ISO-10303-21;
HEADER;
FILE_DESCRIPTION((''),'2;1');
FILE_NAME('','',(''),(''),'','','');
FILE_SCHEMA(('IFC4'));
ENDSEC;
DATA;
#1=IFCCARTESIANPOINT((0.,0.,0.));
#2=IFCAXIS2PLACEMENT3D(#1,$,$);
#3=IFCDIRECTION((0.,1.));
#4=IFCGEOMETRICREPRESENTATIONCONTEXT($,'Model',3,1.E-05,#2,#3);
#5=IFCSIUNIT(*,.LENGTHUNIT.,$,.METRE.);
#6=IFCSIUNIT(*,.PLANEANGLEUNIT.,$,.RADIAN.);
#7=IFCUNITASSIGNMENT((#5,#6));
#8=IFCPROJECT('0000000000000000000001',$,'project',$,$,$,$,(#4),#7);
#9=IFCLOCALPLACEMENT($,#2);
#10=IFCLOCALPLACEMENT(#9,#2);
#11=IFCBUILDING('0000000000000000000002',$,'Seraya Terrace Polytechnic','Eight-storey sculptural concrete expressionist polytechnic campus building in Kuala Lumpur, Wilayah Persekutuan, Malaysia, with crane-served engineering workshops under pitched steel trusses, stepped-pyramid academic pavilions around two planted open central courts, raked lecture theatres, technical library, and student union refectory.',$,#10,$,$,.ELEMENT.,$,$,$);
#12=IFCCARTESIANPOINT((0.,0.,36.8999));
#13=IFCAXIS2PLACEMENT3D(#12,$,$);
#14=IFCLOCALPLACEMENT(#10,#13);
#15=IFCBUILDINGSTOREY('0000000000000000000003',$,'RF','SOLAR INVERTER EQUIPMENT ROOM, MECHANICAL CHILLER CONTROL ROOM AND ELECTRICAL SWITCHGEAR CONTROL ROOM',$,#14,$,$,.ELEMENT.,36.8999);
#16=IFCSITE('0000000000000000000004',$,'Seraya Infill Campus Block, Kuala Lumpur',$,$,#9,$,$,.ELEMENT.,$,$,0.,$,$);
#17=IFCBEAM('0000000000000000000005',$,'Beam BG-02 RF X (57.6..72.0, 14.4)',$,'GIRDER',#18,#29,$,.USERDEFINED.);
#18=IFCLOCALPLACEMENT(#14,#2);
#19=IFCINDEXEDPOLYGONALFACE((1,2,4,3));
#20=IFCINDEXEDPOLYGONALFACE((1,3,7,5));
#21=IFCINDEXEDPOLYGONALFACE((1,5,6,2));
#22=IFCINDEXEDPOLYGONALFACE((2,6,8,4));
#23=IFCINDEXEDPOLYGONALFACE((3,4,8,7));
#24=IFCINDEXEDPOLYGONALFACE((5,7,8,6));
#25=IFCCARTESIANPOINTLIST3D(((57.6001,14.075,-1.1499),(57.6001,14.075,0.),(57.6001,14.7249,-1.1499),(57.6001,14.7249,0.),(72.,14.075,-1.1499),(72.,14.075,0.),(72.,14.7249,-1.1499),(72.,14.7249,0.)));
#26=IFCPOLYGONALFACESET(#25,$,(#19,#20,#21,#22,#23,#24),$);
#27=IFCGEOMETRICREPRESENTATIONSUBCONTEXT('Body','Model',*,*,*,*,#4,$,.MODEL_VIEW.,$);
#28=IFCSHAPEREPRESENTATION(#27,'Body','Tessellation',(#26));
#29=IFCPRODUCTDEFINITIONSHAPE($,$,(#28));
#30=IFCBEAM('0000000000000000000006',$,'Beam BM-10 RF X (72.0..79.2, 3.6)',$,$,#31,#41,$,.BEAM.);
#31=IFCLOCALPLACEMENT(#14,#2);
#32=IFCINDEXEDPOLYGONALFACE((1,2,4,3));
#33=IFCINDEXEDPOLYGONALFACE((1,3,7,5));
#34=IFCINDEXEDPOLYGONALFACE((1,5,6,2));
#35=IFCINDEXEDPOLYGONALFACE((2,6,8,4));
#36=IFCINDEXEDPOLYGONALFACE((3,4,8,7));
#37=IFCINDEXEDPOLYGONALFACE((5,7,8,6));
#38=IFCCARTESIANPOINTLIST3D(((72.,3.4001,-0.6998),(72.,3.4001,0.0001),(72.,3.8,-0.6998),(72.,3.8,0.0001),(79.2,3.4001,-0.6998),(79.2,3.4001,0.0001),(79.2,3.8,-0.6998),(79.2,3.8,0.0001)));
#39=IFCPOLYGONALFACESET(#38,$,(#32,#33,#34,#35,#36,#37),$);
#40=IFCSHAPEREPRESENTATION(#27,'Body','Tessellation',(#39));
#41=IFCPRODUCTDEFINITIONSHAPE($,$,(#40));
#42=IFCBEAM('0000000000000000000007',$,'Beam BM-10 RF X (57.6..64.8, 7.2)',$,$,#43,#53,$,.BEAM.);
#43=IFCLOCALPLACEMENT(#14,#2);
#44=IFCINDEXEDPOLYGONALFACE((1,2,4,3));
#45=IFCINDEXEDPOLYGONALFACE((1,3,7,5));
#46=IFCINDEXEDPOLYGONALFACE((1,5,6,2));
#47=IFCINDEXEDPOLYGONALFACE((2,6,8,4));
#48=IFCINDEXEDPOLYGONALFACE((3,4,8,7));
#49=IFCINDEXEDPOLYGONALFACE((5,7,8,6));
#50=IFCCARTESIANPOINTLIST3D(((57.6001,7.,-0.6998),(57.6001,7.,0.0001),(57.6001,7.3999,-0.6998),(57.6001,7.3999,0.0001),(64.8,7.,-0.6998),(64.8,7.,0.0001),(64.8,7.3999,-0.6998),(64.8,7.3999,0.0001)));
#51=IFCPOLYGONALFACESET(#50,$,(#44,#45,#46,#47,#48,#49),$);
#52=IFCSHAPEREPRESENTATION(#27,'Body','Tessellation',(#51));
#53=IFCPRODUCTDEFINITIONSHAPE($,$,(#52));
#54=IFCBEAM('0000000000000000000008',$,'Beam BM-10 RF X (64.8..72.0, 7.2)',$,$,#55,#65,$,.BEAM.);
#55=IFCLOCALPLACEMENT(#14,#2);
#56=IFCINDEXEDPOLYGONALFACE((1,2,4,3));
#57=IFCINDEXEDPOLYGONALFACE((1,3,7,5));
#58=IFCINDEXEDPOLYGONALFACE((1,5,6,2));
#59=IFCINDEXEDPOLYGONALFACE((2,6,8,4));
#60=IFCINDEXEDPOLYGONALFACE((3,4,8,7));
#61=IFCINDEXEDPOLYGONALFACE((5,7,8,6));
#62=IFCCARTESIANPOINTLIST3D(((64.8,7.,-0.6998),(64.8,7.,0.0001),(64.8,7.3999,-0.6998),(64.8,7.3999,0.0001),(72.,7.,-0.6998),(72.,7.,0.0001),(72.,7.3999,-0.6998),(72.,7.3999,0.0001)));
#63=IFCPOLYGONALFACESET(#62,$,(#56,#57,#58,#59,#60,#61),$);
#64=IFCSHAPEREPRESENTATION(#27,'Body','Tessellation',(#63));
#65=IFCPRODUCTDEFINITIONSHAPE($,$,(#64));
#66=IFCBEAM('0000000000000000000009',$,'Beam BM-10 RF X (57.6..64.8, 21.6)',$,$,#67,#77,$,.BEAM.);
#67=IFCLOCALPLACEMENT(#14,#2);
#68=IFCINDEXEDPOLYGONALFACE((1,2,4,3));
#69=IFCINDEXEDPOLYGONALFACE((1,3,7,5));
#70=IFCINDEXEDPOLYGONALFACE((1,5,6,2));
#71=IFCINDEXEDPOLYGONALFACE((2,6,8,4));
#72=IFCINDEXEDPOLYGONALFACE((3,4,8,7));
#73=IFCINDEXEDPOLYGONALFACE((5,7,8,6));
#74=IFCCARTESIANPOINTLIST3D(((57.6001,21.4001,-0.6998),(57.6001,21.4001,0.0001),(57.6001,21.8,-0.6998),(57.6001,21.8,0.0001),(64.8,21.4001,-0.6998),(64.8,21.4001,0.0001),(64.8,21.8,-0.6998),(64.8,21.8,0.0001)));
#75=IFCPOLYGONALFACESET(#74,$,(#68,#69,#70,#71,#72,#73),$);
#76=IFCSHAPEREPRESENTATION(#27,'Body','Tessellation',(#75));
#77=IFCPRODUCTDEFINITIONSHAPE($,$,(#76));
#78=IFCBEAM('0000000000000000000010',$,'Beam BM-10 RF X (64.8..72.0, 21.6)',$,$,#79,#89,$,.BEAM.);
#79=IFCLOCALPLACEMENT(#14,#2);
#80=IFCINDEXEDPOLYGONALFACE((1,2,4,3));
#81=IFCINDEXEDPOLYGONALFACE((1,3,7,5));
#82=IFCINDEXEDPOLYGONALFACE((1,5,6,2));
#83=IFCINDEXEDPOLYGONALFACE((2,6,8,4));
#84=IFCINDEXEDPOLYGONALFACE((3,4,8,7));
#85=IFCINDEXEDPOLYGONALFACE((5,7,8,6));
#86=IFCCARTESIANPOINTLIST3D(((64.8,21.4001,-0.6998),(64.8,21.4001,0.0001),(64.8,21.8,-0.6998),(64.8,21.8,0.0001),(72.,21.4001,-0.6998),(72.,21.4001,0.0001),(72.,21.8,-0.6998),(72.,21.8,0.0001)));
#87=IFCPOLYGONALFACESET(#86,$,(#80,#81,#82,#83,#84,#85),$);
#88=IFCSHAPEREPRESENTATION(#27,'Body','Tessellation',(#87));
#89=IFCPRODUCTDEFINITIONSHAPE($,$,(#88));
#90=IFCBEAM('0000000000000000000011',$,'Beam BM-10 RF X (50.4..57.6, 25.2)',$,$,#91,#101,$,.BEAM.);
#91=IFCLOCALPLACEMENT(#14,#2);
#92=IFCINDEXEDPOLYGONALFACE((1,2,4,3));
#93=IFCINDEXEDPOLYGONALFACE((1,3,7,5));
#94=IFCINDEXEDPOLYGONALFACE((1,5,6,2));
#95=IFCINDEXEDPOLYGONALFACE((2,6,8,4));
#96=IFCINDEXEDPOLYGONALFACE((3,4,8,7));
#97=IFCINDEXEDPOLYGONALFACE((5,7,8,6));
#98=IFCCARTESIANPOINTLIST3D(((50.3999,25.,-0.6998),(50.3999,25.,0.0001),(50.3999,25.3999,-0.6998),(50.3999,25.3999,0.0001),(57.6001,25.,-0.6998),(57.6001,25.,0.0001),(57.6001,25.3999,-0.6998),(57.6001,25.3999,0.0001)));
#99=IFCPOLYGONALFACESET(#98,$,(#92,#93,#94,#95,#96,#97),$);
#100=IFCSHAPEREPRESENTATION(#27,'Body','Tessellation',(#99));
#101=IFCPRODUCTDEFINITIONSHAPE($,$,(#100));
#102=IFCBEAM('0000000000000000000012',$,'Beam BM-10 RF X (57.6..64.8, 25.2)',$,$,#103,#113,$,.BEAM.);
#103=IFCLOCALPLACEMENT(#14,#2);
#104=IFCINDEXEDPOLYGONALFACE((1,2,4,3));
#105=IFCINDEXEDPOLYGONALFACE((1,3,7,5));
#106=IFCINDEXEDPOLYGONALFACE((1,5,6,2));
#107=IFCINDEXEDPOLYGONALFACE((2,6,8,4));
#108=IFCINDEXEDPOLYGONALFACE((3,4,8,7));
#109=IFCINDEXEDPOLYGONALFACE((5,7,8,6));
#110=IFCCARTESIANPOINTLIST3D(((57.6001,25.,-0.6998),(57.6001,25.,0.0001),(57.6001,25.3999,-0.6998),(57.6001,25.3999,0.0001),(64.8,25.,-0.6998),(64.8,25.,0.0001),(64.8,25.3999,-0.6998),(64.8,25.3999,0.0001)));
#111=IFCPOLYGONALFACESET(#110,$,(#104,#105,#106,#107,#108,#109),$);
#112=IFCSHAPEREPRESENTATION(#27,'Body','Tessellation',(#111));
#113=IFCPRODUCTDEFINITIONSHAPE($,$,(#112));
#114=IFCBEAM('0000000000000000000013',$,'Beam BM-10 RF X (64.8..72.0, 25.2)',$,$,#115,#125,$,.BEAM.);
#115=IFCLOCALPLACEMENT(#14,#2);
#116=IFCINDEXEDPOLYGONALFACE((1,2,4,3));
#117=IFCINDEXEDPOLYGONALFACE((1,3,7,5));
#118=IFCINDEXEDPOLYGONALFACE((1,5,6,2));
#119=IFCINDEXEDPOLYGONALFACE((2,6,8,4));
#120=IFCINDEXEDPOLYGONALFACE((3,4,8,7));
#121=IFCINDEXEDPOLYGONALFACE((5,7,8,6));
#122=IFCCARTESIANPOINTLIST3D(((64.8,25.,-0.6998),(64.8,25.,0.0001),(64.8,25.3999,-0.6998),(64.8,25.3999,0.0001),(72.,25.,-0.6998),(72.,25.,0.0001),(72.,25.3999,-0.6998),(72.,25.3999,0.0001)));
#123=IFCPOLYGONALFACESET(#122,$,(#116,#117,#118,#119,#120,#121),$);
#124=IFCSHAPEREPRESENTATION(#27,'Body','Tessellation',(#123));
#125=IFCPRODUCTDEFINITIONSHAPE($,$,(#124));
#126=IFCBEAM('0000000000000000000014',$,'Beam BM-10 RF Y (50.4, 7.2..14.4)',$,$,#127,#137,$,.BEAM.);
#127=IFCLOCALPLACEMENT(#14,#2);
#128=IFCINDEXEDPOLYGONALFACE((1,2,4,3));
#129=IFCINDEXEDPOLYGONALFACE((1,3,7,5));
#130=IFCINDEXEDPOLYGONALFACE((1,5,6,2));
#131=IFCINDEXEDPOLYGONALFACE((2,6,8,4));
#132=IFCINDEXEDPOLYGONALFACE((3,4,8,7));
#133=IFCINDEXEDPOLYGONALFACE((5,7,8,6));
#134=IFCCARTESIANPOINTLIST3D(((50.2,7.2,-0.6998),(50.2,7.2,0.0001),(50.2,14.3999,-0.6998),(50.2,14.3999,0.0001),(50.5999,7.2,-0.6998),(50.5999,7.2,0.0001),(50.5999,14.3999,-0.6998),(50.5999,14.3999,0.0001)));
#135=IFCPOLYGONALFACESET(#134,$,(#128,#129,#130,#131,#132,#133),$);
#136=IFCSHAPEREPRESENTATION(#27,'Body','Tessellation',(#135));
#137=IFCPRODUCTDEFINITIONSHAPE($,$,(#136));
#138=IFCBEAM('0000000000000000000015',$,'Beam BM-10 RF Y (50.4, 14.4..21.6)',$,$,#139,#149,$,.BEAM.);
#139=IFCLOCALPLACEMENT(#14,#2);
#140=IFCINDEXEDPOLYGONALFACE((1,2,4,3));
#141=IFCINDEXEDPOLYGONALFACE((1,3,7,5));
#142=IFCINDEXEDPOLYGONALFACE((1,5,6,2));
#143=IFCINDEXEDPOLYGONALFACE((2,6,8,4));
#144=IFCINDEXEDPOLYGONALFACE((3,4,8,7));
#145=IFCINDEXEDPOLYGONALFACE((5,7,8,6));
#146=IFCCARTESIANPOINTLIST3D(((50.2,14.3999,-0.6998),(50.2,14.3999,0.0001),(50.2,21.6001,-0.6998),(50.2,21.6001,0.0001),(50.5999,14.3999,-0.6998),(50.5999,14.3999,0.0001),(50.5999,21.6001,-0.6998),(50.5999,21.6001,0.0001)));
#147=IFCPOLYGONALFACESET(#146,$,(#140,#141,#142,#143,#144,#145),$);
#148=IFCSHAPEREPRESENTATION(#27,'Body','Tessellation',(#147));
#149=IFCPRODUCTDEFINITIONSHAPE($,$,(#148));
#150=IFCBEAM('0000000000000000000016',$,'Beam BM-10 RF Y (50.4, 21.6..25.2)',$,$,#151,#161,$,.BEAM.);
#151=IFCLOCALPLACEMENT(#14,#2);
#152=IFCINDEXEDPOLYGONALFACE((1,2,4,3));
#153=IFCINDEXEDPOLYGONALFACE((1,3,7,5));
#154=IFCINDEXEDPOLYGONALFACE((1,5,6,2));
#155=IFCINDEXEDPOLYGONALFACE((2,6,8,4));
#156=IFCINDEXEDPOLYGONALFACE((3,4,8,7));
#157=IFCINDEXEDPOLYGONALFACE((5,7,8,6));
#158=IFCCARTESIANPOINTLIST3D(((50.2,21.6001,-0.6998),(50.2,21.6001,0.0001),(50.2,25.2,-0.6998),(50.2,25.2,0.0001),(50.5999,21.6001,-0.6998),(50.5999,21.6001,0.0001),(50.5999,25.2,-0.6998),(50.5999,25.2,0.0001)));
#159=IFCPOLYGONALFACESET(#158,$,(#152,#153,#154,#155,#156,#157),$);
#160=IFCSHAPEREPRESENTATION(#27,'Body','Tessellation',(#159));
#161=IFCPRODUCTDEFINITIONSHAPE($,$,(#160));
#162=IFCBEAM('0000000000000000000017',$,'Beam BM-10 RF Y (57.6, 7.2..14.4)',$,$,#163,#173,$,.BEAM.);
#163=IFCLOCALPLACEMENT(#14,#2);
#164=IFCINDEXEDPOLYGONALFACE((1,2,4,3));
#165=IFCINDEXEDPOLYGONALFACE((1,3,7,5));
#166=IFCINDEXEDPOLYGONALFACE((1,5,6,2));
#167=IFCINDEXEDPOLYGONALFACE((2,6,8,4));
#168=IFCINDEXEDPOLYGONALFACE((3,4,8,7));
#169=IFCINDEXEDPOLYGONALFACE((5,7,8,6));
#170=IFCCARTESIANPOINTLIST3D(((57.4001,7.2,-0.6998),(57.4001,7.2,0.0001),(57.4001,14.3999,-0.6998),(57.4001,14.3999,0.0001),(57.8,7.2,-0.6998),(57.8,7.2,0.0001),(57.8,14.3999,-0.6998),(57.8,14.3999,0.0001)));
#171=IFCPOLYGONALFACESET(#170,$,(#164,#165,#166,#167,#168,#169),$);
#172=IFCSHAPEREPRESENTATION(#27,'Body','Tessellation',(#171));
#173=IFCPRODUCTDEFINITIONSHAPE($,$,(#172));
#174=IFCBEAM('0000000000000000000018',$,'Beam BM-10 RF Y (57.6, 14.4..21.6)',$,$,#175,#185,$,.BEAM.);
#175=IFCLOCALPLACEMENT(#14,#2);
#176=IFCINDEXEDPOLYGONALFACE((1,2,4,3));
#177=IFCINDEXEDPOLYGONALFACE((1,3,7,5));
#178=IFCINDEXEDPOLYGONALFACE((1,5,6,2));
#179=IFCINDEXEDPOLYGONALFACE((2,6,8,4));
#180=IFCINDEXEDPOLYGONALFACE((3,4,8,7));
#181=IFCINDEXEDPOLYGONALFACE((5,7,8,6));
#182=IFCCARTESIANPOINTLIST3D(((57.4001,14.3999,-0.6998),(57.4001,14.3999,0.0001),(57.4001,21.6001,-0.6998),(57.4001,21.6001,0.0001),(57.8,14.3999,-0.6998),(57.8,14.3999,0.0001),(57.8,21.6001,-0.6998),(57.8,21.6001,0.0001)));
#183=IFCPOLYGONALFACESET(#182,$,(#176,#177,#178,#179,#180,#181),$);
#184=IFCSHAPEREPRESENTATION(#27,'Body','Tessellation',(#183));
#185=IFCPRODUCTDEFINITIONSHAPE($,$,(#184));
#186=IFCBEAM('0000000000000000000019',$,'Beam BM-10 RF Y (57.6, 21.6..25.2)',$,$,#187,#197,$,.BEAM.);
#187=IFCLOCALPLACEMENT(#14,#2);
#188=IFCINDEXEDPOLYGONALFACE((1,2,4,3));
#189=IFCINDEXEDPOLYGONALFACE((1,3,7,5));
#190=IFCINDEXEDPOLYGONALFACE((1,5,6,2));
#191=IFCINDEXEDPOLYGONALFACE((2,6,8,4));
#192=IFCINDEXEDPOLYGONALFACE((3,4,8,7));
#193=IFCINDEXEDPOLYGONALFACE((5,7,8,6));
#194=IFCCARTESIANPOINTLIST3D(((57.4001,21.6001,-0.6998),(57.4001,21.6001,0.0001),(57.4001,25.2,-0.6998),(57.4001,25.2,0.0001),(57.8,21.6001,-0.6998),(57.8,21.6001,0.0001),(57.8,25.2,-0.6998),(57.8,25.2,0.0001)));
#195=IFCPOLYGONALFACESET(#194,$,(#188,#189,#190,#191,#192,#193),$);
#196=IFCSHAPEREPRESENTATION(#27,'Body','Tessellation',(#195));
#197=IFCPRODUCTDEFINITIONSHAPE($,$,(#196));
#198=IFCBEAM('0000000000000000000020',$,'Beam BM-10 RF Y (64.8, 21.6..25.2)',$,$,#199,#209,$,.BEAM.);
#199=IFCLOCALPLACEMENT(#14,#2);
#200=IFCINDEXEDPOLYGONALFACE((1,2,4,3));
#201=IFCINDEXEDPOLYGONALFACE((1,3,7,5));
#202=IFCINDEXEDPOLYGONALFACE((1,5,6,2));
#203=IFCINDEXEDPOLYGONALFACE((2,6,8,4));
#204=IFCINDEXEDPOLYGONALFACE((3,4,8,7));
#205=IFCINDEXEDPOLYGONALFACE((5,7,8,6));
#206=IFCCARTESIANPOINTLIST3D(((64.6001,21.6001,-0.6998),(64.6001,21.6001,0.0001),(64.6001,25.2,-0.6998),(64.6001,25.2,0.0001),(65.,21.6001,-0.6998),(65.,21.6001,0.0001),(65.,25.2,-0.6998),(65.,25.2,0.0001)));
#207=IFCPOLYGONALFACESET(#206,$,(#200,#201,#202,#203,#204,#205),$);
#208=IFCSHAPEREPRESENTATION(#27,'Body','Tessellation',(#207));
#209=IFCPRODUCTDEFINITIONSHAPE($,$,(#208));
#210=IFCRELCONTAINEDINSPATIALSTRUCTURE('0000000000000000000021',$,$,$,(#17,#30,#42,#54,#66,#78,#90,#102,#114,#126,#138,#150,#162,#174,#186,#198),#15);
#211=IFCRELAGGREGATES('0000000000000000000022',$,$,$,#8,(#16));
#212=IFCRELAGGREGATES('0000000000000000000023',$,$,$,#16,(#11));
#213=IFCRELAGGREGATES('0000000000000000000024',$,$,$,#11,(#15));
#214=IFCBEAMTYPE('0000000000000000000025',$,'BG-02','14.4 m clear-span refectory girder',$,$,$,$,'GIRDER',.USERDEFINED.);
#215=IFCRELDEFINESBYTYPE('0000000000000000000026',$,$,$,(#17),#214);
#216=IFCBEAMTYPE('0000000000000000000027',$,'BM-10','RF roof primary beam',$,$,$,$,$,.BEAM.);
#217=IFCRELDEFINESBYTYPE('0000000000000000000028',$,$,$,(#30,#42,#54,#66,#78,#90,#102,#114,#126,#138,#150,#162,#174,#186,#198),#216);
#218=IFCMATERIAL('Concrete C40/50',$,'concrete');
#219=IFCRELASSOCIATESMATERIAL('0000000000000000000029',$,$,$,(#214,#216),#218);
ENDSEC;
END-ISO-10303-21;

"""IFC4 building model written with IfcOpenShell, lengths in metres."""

from ifc_helpers import new_model, si_unit, direction, frame, origin, origin_2d, place, context, subcontext, project, spatial, rectangle, extrude, material, material_profile, profile_set, type_object, element, save


model = new_model("IFC4")

# Units and contexts
model_context = context("Model", 3, precision=1e-05, world=origin(), true_north=direction((0.0, 1.0)))
body_context = subcontext(model_context, "Body", "Model", "MODEL_VIEW")
ifc_project = project(units=[si_unit("LENGTHUNIT", "METRE"), si_unit("PLANEANGLEUNIT", "RADIAN")], contexts=[model_context])

# Site, building, storey
site_placement = place(None, origin())
site = spatial("IfcSite", under=ifc_project, at=site_placement, Name="Seraya Infill Campus Block, Kuala Lumpur", CompositionType="ELEMENT", RefElevation=0.0)
building_placement = place(site_placement, origin())
building = spatial("IfcBuilding", under=site, at=building_placement, Name="Seraya Terrace Polytechnic", Description="Eight-storey sculptural concrete expressionist polytechnic campus building in Kuala Lumpur, Wilayah Persekutuan, Malaysia, with crane-served engineering workshops under pitched steel trusses, stepped-pyramid academic pavilions around two planted open central courts, raked lecture theatres, technical library, and student union refectory.", CompositionType="ELEMENT")
storey_placement = place(building_placement, frame((0.0, 0.0, 36.8999)))
storey = spatial("IfcBuildingStorey", under=building, at=storey_placement, Name="RF", Description="SOLAR INVERTER EQUIPMENT ROOM, MECHANICAL CHILLER CONTROL ROOM AND ELECTRICAL SWITCHGEAR CONTROL ROOM", CompositionType="ELEMENT", Elevation=36.8999)

# Beams
ifc_material_1 = material(Name="Concrete C40/50", Category="concrete")
ifc_material_profile_1 = material_profile(ifc_material_1, rectangle(XDim=0.6499, YDim=1.1499, at=origin_2d()), Name="RC 650x1150")
ifc_profile_set_1 = profile_set([ifc_material_profile_1], Name="Concrete C40/50")
beam_type_1 = type_object("IfcBeamType", Name="BG-02", Description="14.4 m clear-span refectory girder", ElementType="GIRDER", PredefinedType="USERDEFINED", material=ifc_profile_set_1)
beam_1_placement = place(storey_placement, frame((57.6001, 14.3999, -0.575), z_axis=(1.0, 0.0, 0.0), x_axis=(0.0, 1.0, 0.0)))
element("IfcBeam", 1, at=beam_1_placement, inside=storey, type_object=beam_type_1, Name="Beam BG-02 RF X (57.6..72.0, 14.4)", ObjectType="GIRDER", PredefinedType="USERDEFINED", context=body_context, shape_type="SweptSolid", body=[
    extrude(rectangle(XDim=0.6499, YDim=1.1499, at=origin_2d()), origin(), (0.0, 0.0, 1.0), 14.3999),
])
ifc_material_profile_2 = material_profile(ifc_material_1, rectangle(XDim=0.3999, YDim=0.7, at=origin_2d()), Name="RC 400x700")
ifc_profile_set_2 = profile_set([ifc_material_profile_2], Name="Concrete C40/50")
beam_type_2 = type_object("IfcBeamType", Name="BM-10", Description="RF roof primary beam", PredefinedType="BEAM", material=ifc_profile_set_2)
for number, where, z_axis, x_axis, name in (
    (2, (72.0, 3.6001, -0.3499), (1.0, 0.0, 0.0), (0.0, 1.0, 0.0), "Beam BM-10 RF X (72.0..79.2, 3.6)"),
    (3, (57.6001, 7.2, -0.3499), (1.0, 0.0, 0.0), (0.0, 1.0, 0.0), "Beam BM-10 RF X (57.6..64.8, 7.2)"),
    (4, (64.8, 7.2, -0.3499), (1.0, 0.0, 0.0), (0.0, 1.0, 0.0), "Beam BM-10 RF X (64.8..72.0, 7.2)"),
    (5, (57.6001, 21.6001, -0.3499), (1.0, 0.0, 0.0), (0.0, 1.0, 0.0), "Beam BM-10 RF X (57.6..64.8, 21.6)"),
    (6, (64.8, 21.6001, -0.3499), (1.0, 0.0, 0.0), (0.0, 1.0, 0.0), "Beam BM-10 RF X (64.8..72.0, 21.6)"),
):
    element("IfcBeam", number, at=place(storey_placement, frame(where, z_axis=z_axis, x_axis=x_axis)), inside=storey, type_object=beam_type_2, Name=name, PredefinedType="BEAM", context=body_context, shape_type="SweptSolid", body=[
        extrude(rectangle(XDim=0.3999, YDim=0.7, at=origin_2d()), origin(), (0.0, 0.0, 1.0), 7.2),
    ])
beam_2_placement = place(storey_placement, frame((50.3999, 25.2, -0.3499), z_axis=(1.0, 0.0, 0.0), x_axis=(0.0, 1.0, 0.0)))
element("IfcBeam", 7, at=beam_2_placement, inside=storey, type_object=beam_type_2, Name="Beam BM-10 RF X (50.4..57.6, 25.2)", PredefinedType="BEAM", context=body_context, shape_type="SweptSolid", body=[
    extrude(rectangle(XDim=0.3999, YDim=0.7, at=origin_2d()), origin(), (0.0, 0.0, 1.0), 7.2002),
])
for number, where, z_axis, x_axis, name in (
    (8, (57.6001, 25.2, -0.3499), (1.0, 0.0, 0.0), (0.0, 1.0, 0.0), "Beam BM-10 RF X (57.6..64.8, 25.2)"),
    (9, (64.8, 25.2, -0.3499), (1.0, 0.0, 0.0), (0.0, 1.0, 0.0), "Beam BM-10 RF X (64.8..72.0, 25.2)"),
    (10, (50.3999, 7.2, -0.3499), (0.0, 1.0, 0.0), (-1.0, 0.0, 0.0), "Beam BM-10 RF Y (50.4, 7.2..14.4)"),
):
    element("IfcBeam", number, at=place(storey_placement, frame(where, z_axis=z_axis, x_axis=x_axis)), inside=storey, type_object=beam_type_2, Name=name, PredefinedType="BEAM", context=body_context, shape_type="SweptSolid", body=[
        extrude(rectangle(XDim=0.3999, YDim=0.7, at=origin_2d()), origin(), (0.0, 0.0, 1.0), 7.2),
    ])
beam_3_placement = place(storey_placement, frame((50.3999, 14.3999, -0.3499), z_axis=(0.0, 1.0, 0.0), x_axis=(-1.0, 0.0, 0.0)))
element("IfcBeam", 11, at=beam_3_placement, inside=storey, type_object=beam_type_2, Name="Beam BM-10 RF Y (50.4, 14.4..21.6)", PredefinedType="BEAM", context=body_context, shape_type="SweptSolid", body=[
    extrude(rectangle(XDim=0.3999, YDim=0.7, at=origin_2d()), origin(), (0.0, 0.0, 1.0), 7.2002),
])
beam_4_placement = place(storey_placement, frame((50.3999, 21.6001, -0.3499), z_axis=(0.0, 1.0, 0.0), x_axis=(-1.0, 0.0, 0.0)))
element("IfcBeam", 12, at=beam_4_placement, inside=storey, type_object=beam_type_2, Name="Beam BM-10 RF Y (50.4, 21.6..25.2)", PredefinedType="BEAM", context=body_context, shape_type="SweptSolid", body=[
    extrude(rectangle(XDim=0.3999, YDim=0.7, at=origin_2d()), origin(), (0.0, 0.0, 1.0), 3.5999),
])
beam_5_placement = place(storey_placement, frame((57.6001, 7.2, -0.3499), z_axis=(0.0, 1.0, 0.0), x_axis=(-1.0, 0.0, 0.0)))
element("IfcBeam", 13, at=beam_5_placement, inside=storey, type_object=beam_type_2, Name="Beam BM-10 RF Y (57.6, 7.2..14.4)", PredefinedType="BEAM", context=body_context, shape_type="SweptSolid", body=[
    extrude(rectangle(XDim=0.3999, YDim=0.7, at=origin_2d()), origin(), (0.0, 0.0, 1.0), 7.2),
])
beam_6_placement = place(storey_placement, frame((57.6001, 14.3999, -0.3499), z_axis=(0.0, 1.0, 0.0), x_axis=(-1.0, 0.0, 0.0)))
element("IfcBeam", 14, at=beam_6_placement, inside=storey, type_object=beam_type_2, Name="Beam BM-10 RF Y (57.6, 14.4..21.6)", PredefinedType="BEAM", context=body_context, shape_type="SweptSolid", body=[
    extrude(rectangle(XDim=0.3999, YDim=0.7, at=origin_2d()), origin(), (0.0, 0.0, 1.0), 7.2002),
])
for number, where, z_axis, x_axis, name in (
    (15, (57.6001, 21.6001, -0.3499), (0.0, 1.0, 0.0), (-1.0, 0.0, 0.0), "Beam BM-10 RF Y (57.6, 21.6..25.2)"),
    (16, (64.8, 21.6001, -0.3499), (0.0, 1.0, 0.0), (-1.0, 0.0, 0.0), "Beam BM-10 RF Y (64.8, 21.6..25.2)"),
):
    element("IfcBeam", number, at=place(storey_placement, frame(where, z_axis=z_axis, x_axis=x_axis)), inside=storey, type_object=beam_type_2, Name=name, PredefinedType="BEAM", context=body_context, shape_type="SweptSolid", body=[
        extrude(rectangle(XDim=0.3999, YDim=0.7, at=origin_2d()), origin(), (0.0, 0.0, 1.0), 3.5999),
    ])

save(model, "model.ifc")
